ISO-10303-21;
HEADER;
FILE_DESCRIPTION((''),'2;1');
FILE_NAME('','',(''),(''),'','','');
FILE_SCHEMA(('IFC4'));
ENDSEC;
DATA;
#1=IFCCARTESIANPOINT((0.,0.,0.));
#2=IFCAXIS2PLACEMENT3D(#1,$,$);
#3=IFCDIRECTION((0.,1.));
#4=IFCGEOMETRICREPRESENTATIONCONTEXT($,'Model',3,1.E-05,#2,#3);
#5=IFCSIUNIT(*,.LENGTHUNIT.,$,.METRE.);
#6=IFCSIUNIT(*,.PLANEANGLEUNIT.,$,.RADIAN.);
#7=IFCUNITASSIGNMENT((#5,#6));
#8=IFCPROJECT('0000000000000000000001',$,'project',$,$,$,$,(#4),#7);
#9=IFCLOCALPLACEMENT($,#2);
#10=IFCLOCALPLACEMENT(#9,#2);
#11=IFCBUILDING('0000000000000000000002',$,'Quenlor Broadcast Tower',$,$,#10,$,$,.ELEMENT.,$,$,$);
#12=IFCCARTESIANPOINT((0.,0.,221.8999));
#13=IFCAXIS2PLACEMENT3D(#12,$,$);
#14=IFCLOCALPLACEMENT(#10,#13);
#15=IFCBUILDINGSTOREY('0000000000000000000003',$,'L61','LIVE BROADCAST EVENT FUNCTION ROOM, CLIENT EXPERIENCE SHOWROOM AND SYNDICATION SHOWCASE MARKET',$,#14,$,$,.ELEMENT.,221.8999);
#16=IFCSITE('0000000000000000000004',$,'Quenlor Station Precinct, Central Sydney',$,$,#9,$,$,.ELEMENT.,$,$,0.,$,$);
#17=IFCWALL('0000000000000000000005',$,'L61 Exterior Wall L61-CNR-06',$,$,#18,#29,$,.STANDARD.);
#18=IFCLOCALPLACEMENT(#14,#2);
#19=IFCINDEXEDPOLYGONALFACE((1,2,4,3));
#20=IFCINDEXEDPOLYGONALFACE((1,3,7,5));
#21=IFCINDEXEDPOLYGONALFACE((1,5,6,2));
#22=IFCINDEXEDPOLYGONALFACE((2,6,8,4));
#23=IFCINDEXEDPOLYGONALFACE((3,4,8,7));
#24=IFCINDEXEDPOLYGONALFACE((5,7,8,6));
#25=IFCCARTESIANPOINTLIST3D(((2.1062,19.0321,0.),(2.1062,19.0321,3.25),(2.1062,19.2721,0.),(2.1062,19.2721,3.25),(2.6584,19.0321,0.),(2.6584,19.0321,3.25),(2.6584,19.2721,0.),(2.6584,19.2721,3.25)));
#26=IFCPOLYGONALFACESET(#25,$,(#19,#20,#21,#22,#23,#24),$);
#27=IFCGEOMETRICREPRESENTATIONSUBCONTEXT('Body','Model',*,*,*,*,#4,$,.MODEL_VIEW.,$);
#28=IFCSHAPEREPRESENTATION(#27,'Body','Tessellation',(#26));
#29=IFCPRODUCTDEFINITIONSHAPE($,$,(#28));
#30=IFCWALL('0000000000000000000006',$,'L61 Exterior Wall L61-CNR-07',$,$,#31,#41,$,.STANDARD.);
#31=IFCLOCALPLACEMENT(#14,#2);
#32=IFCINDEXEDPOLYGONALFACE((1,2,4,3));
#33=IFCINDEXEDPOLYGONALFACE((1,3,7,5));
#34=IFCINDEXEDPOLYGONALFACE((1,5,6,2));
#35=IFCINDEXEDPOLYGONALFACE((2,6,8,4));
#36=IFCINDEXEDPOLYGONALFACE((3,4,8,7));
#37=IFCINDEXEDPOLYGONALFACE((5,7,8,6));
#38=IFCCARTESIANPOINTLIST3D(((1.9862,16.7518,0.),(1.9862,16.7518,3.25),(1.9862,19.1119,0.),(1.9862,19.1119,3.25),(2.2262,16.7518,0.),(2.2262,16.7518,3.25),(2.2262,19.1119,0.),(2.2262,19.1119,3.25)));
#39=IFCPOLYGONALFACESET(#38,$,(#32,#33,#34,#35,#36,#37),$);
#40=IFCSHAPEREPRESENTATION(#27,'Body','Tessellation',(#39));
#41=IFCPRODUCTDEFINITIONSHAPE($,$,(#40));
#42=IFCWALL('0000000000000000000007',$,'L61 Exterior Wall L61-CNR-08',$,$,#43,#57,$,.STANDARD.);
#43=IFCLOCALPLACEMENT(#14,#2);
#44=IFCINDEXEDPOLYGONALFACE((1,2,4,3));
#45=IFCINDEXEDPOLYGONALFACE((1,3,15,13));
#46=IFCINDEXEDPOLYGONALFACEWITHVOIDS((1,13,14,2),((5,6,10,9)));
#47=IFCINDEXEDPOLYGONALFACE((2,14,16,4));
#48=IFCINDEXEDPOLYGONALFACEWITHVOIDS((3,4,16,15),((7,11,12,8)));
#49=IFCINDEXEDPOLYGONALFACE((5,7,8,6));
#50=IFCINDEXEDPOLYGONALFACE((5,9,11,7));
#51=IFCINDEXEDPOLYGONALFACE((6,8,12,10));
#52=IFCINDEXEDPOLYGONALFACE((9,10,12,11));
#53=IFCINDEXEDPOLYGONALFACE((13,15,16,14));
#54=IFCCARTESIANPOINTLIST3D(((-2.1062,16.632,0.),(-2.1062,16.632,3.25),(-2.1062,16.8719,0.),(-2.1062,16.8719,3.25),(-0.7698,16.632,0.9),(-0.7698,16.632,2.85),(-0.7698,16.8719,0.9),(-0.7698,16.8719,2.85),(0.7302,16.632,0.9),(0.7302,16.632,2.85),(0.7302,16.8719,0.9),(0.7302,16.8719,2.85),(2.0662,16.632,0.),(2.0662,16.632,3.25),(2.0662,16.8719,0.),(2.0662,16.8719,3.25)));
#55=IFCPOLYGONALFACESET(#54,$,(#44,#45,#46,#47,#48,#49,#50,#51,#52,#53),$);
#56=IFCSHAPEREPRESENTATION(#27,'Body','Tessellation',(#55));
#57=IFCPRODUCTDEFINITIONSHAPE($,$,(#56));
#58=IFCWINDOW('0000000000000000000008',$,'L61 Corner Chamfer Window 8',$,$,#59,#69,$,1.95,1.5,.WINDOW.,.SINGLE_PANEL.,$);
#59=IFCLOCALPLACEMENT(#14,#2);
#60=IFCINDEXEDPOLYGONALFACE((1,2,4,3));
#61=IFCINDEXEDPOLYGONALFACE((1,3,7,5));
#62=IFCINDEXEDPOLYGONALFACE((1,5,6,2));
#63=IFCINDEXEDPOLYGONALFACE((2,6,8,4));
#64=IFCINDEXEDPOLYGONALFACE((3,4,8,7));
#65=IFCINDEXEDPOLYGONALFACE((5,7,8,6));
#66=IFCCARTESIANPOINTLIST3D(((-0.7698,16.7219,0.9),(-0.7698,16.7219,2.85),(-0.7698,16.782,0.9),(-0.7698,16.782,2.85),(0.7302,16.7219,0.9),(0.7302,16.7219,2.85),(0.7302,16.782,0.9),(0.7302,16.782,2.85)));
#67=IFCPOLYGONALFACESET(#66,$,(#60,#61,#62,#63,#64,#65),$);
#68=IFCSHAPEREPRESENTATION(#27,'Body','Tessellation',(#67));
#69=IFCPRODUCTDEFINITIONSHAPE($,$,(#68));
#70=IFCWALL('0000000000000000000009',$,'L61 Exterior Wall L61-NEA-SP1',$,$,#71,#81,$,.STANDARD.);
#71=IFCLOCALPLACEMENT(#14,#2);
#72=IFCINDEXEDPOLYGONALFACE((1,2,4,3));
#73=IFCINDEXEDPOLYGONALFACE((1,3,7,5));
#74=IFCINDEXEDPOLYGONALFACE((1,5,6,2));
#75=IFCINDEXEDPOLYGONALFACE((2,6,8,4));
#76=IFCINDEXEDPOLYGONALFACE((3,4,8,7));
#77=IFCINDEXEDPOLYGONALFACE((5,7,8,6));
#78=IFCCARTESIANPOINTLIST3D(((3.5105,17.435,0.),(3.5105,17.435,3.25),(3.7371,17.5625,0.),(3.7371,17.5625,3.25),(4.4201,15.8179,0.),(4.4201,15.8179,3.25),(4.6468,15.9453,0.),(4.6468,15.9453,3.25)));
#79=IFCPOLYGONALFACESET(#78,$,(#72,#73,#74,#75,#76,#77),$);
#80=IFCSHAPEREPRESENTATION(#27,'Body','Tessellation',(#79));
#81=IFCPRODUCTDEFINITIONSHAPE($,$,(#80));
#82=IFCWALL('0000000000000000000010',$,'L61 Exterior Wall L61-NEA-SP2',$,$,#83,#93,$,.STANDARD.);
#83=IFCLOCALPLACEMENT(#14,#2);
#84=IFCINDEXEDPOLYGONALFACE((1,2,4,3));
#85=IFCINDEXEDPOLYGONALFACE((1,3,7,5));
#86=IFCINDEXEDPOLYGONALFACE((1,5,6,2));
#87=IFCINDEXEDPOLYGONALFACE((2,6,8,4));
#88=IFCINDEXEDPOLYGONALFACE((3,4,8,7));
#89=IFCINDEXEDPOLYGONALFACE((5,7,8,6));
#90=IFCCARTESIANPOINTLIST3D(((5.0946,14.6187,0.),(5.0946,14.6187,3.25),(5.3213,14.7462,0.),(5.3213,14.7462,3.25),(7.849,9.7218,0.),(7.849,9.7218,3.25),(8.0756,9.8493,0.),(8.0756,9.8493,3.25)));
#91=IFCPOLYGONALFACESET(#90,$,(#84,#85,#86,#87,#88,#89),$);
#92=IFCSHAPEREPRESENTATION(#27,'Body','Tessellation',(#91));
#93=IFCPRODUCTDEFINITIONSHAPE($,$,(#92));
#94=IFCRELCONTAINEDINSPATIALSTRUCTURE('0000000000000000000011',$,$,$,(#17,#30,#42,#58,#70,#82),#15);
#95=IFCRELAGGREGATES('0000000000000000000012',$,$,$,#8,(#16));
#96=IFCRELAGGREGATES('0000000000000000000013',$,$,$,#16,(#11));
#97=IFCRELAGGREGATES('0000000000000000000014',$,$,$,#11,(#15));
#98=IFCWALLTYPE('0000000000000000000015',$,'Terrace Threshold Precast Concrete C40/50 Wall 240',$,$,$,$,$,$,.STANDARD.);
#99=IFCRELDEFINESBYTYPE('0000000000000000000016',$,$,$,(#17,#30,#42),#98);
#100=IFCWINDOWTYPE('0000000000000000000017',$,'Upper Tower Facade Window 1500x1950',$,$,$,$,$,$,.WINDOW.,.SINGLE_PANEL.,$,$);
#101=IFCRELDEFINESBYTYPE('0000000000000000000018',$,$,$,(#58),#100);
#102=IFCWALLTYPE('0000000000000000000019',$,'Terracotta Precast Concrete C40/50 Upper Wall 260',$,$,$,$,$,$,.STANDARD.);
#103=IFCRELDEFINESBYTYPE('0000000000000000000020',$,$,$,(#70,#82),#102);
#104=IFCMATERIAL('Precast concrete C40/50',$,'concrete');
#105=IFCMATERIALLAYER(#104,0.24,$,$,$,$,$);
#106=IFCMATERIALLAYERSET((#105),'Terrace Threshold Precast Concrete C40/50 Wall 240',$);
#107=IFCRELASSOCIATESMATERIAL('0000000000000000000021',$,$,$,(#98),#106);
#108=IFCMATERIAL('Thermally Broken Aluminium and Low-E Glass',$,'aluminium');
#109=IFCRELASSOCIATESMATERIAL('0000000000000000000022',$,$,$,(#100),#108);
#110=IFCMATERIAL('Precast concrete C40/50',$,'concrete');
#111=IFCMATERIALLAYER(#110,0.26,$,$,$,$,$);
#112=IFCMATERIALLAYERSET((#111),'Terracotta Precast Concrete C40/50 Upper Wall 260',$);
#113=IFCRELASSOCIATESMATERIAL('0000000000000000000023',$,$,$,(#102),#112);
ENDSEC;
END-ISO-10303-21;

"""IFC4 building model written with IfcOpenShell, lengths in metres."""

from ifc_helpers import new_model, si_unit, direction, frame, frame_2d, origin, place, context, subcontext, project, spatial, rectangle, extrude, material, layer, layer_set, type_object, element, fill, save


model = new_model("IFC4")

# Units and contexts
model_context = context("Model", 3, precision=1e-05, world=origin(), true_north=direction((0.0, 1.0)))
body_context = subcontext(model_context, "Body", "Model", "MODEL_VIEW")
ifc_project = project(units=[si_unit("LENGTHUNIT", "METRE"), si_unit("PLANEANGLEUNIT", "RADIAN")], contexts=[model_context])

# Site, building, storey
site_placement = place(None, origin())
site = spatial("IfcSite", under=ifc_project, at=site_placement, Name="Quenlor Station Precinct, Central Sydney", CompositionType="ELEMENT", RefElevation=0.0)
building_placement = place(site_placement, origin())
building = spatial("IfcBuilding", under=site, at=building_placement, Name="Quenlor Broadcast Tower", CompositionType="ELEMENT")
storey_placement = place(building_placement, frame((0.0, 0.0, 221.8999)))
storey = spatial("IfcBuildingStorey", under=building, at=storey_placement, Name="L61", Description="LIVE BROADCAST EVENT FUNCTION ROOM, CLIENT EXPERIENCE SHOWROOM AND SYNDICATION SHOWCASE MARKET", CompositionType="ELEMENT", Elevation=221.8999)

# Walls
ifc_material_1 = material(Name="Precast concrete C40/50", Category="concrete")
ifc_layer_1 = layer(ifc_material_1, 0.24)
ifc_layer_set_1 = layer_set([ifc_layer_1], Name="Terrace Threshold Precast Concrete C40/50 Wall 240")
wall_type_1 = type_object("IfcWallType", Name="Terrace Threshold Precast Concrete C40/50 Wall 240", PredefinedType="STANDARD", material=ifc_layer_set_1)
wall_1_placement = place(storey_placement, frame((2.6584, 19.1521, 0.0), z_axis=(0.0, 0.0, 1.0), x_axis=(-1.0, 0.0, 0.0)))
element("IfcWall", 1, at=wall_1_placement, inside=storey, type_object=wall_type_1, Name="L61 Exterior Wall L61-CNR-06", PredefinedType="STANDARD", context=body_context, shape_type="SweptSolid", body=[
    extrude(rectangle(XDim=0.5522, YDim=0.24, at=frame_2d((0.2761, 0.0))), origin(), (0.0, 0.0, 1.0), 3.25),
])
wall_2_placement = place(storey_placement, frame((2.1062, 19.1121, 0.0), z_axis=(0.0, 0.0, 1.0), x_axis=(0.0, -1.0, 0.0)))
element("IfcWall", 2, at=wall_2_placement, inside=storey, type_object=wall_type_1, Name="L61 Exterior Wall L61-CNR-07", PredefinedType="STANDARD", context=body_context, shape_type="SweptSolid", body=[
    extrude(rectangle(XDim=2.3601, YDim=0.24, at=frame_2d((1.1802, 0.0))), origin(), (0.0, 0.0, 1.0), 3.25),
])

# Wall, opening, window
wall_3_placement = place(storey_placement, frame((2.0662, 16.752, 0.0), z_axis=(0.0, 0.0, 1.0), x_axis=(-1.0, 0.0, 0.0)))
wall_3 = element("IfcWall", 3, at=wall_3_placement, inside=storey, type_object=wall_type_1, Name="L61 Exterior Wall L61-CNR-08", PredefinedType="STANDARD", context=body_context, shape_type="SweptSolid", body=[
    extrude(rectangle(XDim=4.1724, YDim=0.24, at=frame_2d((2.0862, 0.0))), origin(), (0.0, 0.0, 1.0), 3.25),
])
opening_placement = place(wall_3_placement, frame((1.3359, 0.0, 0.8999)))
opening = element("IfcOpeningElement", 4, at=opening_placement, cuts=wall_3, PredefinedType="OPENING", context=body_context, shape_type="SweptSolid", body=[
    extrude(rectangle(XDim=1.5, YDim=1.95, at=frame_2d((0.75, 0.9751))), frame((0.0, 0.1299, 0.0), z_axis=(0.0, -1.0, 0.0), x_axis=(1.0, 0.0, 0.0)), (0.0, 0.0, 1.0), 0.26),
])
ifc_material_2 = material(Name="Thermally Broken Aluminium and Low-E Glass", Category="aluminium")
window_type = type_object("IfcWindowType", Name="Upper Tower Facade Window 1500x1950", PartitioningType="SINGLE_PANEL", PredefinedType="WINDOW", material=ifc_material_2)
window_placement = place(opening_placement, origin())
window = element("IfcWindow", 5, at=window_placement, inside=storey, type_object=window_type, Name="L61 Corner Chamfer Window 8", OverallHeight=1.95, OverallWidth=1.5, PartitioningType="SINGLE_PANEL", PredefinedType="WINDOW", context=body_context, shape_type="SweptSolid", body=[
    extrude(rectangle(XDim=1.5, YDim=1.95, at=frame_2d((0.75, 0.9751))), frame((0.0, 0.03, 0.0), z_axis=(0.0, -1.0, 0.0), x_axis=(1.0, 0.0, 0.0)), (0.0, 0.0, 1.0), 0.0601),
])
fill(opening, window)

# Walls
ifc_material_3 = material(Name="Precast concrete C40/50", Category="concrete")
ifc_layer_2 = layer(ifc_material_3, 0.26)
ifc_layer_set_2 = layer_set([ifc_layer_2], Name="Terracotta Precast Concrete C40/50 Upper Wall 260")
wall_type_2 = type_object("IfcWallType", Name="Terracotta Precast Concrete C40/50 Upper Wall 260", PredefinedType="STANDARD", material=ifc_layer_set_2)
wall_4_placement = place(storey_placement, frame((3.6238, 17.4988, 0.0), z_axis=(0.0, 0.0, 1.0), x_axis=(0.490261, -0.871576, 0.0)))
element("IfcWall", 6, at=wall_4_placement, inside=storey, type_object=wall_type_2, Name="L61 Exterior Wall L61-NEA-SP1", PredefinedType="STANDARD", context=body_context, shape_type="SweptSolid", body=[
    extrude(rectangle(XDim=1.8555, YDim=0.26, at=frame_2d((0.9277, 0.0))), origin(), (0.0, 0.0, 1.0), 3.25),
])
wall_5_placement = place(storey_placement, frame((5.208, 14.6824, 0.0), z_axis=(0.0, 0.0, 1.0), x_axis=(0.490241, -0.871587, 0.0)))
element("IfcWall", 7, at=wall_5_placement, inside=storey, type_object=wall_type_2, Name="L61 Exterior Wall L61-NEA-SP2", PredefinedType="STANDARD", context=body_context, shape_type="SweptSolid", body=[
    extrude(rectangle(XDim=5.6184, YDim=0.26, at=frame_2d((2.8091, 0.0))), origin(), (0.0, 0.0, 1.0), 3.25),
])

save(model, "model.ifc")
